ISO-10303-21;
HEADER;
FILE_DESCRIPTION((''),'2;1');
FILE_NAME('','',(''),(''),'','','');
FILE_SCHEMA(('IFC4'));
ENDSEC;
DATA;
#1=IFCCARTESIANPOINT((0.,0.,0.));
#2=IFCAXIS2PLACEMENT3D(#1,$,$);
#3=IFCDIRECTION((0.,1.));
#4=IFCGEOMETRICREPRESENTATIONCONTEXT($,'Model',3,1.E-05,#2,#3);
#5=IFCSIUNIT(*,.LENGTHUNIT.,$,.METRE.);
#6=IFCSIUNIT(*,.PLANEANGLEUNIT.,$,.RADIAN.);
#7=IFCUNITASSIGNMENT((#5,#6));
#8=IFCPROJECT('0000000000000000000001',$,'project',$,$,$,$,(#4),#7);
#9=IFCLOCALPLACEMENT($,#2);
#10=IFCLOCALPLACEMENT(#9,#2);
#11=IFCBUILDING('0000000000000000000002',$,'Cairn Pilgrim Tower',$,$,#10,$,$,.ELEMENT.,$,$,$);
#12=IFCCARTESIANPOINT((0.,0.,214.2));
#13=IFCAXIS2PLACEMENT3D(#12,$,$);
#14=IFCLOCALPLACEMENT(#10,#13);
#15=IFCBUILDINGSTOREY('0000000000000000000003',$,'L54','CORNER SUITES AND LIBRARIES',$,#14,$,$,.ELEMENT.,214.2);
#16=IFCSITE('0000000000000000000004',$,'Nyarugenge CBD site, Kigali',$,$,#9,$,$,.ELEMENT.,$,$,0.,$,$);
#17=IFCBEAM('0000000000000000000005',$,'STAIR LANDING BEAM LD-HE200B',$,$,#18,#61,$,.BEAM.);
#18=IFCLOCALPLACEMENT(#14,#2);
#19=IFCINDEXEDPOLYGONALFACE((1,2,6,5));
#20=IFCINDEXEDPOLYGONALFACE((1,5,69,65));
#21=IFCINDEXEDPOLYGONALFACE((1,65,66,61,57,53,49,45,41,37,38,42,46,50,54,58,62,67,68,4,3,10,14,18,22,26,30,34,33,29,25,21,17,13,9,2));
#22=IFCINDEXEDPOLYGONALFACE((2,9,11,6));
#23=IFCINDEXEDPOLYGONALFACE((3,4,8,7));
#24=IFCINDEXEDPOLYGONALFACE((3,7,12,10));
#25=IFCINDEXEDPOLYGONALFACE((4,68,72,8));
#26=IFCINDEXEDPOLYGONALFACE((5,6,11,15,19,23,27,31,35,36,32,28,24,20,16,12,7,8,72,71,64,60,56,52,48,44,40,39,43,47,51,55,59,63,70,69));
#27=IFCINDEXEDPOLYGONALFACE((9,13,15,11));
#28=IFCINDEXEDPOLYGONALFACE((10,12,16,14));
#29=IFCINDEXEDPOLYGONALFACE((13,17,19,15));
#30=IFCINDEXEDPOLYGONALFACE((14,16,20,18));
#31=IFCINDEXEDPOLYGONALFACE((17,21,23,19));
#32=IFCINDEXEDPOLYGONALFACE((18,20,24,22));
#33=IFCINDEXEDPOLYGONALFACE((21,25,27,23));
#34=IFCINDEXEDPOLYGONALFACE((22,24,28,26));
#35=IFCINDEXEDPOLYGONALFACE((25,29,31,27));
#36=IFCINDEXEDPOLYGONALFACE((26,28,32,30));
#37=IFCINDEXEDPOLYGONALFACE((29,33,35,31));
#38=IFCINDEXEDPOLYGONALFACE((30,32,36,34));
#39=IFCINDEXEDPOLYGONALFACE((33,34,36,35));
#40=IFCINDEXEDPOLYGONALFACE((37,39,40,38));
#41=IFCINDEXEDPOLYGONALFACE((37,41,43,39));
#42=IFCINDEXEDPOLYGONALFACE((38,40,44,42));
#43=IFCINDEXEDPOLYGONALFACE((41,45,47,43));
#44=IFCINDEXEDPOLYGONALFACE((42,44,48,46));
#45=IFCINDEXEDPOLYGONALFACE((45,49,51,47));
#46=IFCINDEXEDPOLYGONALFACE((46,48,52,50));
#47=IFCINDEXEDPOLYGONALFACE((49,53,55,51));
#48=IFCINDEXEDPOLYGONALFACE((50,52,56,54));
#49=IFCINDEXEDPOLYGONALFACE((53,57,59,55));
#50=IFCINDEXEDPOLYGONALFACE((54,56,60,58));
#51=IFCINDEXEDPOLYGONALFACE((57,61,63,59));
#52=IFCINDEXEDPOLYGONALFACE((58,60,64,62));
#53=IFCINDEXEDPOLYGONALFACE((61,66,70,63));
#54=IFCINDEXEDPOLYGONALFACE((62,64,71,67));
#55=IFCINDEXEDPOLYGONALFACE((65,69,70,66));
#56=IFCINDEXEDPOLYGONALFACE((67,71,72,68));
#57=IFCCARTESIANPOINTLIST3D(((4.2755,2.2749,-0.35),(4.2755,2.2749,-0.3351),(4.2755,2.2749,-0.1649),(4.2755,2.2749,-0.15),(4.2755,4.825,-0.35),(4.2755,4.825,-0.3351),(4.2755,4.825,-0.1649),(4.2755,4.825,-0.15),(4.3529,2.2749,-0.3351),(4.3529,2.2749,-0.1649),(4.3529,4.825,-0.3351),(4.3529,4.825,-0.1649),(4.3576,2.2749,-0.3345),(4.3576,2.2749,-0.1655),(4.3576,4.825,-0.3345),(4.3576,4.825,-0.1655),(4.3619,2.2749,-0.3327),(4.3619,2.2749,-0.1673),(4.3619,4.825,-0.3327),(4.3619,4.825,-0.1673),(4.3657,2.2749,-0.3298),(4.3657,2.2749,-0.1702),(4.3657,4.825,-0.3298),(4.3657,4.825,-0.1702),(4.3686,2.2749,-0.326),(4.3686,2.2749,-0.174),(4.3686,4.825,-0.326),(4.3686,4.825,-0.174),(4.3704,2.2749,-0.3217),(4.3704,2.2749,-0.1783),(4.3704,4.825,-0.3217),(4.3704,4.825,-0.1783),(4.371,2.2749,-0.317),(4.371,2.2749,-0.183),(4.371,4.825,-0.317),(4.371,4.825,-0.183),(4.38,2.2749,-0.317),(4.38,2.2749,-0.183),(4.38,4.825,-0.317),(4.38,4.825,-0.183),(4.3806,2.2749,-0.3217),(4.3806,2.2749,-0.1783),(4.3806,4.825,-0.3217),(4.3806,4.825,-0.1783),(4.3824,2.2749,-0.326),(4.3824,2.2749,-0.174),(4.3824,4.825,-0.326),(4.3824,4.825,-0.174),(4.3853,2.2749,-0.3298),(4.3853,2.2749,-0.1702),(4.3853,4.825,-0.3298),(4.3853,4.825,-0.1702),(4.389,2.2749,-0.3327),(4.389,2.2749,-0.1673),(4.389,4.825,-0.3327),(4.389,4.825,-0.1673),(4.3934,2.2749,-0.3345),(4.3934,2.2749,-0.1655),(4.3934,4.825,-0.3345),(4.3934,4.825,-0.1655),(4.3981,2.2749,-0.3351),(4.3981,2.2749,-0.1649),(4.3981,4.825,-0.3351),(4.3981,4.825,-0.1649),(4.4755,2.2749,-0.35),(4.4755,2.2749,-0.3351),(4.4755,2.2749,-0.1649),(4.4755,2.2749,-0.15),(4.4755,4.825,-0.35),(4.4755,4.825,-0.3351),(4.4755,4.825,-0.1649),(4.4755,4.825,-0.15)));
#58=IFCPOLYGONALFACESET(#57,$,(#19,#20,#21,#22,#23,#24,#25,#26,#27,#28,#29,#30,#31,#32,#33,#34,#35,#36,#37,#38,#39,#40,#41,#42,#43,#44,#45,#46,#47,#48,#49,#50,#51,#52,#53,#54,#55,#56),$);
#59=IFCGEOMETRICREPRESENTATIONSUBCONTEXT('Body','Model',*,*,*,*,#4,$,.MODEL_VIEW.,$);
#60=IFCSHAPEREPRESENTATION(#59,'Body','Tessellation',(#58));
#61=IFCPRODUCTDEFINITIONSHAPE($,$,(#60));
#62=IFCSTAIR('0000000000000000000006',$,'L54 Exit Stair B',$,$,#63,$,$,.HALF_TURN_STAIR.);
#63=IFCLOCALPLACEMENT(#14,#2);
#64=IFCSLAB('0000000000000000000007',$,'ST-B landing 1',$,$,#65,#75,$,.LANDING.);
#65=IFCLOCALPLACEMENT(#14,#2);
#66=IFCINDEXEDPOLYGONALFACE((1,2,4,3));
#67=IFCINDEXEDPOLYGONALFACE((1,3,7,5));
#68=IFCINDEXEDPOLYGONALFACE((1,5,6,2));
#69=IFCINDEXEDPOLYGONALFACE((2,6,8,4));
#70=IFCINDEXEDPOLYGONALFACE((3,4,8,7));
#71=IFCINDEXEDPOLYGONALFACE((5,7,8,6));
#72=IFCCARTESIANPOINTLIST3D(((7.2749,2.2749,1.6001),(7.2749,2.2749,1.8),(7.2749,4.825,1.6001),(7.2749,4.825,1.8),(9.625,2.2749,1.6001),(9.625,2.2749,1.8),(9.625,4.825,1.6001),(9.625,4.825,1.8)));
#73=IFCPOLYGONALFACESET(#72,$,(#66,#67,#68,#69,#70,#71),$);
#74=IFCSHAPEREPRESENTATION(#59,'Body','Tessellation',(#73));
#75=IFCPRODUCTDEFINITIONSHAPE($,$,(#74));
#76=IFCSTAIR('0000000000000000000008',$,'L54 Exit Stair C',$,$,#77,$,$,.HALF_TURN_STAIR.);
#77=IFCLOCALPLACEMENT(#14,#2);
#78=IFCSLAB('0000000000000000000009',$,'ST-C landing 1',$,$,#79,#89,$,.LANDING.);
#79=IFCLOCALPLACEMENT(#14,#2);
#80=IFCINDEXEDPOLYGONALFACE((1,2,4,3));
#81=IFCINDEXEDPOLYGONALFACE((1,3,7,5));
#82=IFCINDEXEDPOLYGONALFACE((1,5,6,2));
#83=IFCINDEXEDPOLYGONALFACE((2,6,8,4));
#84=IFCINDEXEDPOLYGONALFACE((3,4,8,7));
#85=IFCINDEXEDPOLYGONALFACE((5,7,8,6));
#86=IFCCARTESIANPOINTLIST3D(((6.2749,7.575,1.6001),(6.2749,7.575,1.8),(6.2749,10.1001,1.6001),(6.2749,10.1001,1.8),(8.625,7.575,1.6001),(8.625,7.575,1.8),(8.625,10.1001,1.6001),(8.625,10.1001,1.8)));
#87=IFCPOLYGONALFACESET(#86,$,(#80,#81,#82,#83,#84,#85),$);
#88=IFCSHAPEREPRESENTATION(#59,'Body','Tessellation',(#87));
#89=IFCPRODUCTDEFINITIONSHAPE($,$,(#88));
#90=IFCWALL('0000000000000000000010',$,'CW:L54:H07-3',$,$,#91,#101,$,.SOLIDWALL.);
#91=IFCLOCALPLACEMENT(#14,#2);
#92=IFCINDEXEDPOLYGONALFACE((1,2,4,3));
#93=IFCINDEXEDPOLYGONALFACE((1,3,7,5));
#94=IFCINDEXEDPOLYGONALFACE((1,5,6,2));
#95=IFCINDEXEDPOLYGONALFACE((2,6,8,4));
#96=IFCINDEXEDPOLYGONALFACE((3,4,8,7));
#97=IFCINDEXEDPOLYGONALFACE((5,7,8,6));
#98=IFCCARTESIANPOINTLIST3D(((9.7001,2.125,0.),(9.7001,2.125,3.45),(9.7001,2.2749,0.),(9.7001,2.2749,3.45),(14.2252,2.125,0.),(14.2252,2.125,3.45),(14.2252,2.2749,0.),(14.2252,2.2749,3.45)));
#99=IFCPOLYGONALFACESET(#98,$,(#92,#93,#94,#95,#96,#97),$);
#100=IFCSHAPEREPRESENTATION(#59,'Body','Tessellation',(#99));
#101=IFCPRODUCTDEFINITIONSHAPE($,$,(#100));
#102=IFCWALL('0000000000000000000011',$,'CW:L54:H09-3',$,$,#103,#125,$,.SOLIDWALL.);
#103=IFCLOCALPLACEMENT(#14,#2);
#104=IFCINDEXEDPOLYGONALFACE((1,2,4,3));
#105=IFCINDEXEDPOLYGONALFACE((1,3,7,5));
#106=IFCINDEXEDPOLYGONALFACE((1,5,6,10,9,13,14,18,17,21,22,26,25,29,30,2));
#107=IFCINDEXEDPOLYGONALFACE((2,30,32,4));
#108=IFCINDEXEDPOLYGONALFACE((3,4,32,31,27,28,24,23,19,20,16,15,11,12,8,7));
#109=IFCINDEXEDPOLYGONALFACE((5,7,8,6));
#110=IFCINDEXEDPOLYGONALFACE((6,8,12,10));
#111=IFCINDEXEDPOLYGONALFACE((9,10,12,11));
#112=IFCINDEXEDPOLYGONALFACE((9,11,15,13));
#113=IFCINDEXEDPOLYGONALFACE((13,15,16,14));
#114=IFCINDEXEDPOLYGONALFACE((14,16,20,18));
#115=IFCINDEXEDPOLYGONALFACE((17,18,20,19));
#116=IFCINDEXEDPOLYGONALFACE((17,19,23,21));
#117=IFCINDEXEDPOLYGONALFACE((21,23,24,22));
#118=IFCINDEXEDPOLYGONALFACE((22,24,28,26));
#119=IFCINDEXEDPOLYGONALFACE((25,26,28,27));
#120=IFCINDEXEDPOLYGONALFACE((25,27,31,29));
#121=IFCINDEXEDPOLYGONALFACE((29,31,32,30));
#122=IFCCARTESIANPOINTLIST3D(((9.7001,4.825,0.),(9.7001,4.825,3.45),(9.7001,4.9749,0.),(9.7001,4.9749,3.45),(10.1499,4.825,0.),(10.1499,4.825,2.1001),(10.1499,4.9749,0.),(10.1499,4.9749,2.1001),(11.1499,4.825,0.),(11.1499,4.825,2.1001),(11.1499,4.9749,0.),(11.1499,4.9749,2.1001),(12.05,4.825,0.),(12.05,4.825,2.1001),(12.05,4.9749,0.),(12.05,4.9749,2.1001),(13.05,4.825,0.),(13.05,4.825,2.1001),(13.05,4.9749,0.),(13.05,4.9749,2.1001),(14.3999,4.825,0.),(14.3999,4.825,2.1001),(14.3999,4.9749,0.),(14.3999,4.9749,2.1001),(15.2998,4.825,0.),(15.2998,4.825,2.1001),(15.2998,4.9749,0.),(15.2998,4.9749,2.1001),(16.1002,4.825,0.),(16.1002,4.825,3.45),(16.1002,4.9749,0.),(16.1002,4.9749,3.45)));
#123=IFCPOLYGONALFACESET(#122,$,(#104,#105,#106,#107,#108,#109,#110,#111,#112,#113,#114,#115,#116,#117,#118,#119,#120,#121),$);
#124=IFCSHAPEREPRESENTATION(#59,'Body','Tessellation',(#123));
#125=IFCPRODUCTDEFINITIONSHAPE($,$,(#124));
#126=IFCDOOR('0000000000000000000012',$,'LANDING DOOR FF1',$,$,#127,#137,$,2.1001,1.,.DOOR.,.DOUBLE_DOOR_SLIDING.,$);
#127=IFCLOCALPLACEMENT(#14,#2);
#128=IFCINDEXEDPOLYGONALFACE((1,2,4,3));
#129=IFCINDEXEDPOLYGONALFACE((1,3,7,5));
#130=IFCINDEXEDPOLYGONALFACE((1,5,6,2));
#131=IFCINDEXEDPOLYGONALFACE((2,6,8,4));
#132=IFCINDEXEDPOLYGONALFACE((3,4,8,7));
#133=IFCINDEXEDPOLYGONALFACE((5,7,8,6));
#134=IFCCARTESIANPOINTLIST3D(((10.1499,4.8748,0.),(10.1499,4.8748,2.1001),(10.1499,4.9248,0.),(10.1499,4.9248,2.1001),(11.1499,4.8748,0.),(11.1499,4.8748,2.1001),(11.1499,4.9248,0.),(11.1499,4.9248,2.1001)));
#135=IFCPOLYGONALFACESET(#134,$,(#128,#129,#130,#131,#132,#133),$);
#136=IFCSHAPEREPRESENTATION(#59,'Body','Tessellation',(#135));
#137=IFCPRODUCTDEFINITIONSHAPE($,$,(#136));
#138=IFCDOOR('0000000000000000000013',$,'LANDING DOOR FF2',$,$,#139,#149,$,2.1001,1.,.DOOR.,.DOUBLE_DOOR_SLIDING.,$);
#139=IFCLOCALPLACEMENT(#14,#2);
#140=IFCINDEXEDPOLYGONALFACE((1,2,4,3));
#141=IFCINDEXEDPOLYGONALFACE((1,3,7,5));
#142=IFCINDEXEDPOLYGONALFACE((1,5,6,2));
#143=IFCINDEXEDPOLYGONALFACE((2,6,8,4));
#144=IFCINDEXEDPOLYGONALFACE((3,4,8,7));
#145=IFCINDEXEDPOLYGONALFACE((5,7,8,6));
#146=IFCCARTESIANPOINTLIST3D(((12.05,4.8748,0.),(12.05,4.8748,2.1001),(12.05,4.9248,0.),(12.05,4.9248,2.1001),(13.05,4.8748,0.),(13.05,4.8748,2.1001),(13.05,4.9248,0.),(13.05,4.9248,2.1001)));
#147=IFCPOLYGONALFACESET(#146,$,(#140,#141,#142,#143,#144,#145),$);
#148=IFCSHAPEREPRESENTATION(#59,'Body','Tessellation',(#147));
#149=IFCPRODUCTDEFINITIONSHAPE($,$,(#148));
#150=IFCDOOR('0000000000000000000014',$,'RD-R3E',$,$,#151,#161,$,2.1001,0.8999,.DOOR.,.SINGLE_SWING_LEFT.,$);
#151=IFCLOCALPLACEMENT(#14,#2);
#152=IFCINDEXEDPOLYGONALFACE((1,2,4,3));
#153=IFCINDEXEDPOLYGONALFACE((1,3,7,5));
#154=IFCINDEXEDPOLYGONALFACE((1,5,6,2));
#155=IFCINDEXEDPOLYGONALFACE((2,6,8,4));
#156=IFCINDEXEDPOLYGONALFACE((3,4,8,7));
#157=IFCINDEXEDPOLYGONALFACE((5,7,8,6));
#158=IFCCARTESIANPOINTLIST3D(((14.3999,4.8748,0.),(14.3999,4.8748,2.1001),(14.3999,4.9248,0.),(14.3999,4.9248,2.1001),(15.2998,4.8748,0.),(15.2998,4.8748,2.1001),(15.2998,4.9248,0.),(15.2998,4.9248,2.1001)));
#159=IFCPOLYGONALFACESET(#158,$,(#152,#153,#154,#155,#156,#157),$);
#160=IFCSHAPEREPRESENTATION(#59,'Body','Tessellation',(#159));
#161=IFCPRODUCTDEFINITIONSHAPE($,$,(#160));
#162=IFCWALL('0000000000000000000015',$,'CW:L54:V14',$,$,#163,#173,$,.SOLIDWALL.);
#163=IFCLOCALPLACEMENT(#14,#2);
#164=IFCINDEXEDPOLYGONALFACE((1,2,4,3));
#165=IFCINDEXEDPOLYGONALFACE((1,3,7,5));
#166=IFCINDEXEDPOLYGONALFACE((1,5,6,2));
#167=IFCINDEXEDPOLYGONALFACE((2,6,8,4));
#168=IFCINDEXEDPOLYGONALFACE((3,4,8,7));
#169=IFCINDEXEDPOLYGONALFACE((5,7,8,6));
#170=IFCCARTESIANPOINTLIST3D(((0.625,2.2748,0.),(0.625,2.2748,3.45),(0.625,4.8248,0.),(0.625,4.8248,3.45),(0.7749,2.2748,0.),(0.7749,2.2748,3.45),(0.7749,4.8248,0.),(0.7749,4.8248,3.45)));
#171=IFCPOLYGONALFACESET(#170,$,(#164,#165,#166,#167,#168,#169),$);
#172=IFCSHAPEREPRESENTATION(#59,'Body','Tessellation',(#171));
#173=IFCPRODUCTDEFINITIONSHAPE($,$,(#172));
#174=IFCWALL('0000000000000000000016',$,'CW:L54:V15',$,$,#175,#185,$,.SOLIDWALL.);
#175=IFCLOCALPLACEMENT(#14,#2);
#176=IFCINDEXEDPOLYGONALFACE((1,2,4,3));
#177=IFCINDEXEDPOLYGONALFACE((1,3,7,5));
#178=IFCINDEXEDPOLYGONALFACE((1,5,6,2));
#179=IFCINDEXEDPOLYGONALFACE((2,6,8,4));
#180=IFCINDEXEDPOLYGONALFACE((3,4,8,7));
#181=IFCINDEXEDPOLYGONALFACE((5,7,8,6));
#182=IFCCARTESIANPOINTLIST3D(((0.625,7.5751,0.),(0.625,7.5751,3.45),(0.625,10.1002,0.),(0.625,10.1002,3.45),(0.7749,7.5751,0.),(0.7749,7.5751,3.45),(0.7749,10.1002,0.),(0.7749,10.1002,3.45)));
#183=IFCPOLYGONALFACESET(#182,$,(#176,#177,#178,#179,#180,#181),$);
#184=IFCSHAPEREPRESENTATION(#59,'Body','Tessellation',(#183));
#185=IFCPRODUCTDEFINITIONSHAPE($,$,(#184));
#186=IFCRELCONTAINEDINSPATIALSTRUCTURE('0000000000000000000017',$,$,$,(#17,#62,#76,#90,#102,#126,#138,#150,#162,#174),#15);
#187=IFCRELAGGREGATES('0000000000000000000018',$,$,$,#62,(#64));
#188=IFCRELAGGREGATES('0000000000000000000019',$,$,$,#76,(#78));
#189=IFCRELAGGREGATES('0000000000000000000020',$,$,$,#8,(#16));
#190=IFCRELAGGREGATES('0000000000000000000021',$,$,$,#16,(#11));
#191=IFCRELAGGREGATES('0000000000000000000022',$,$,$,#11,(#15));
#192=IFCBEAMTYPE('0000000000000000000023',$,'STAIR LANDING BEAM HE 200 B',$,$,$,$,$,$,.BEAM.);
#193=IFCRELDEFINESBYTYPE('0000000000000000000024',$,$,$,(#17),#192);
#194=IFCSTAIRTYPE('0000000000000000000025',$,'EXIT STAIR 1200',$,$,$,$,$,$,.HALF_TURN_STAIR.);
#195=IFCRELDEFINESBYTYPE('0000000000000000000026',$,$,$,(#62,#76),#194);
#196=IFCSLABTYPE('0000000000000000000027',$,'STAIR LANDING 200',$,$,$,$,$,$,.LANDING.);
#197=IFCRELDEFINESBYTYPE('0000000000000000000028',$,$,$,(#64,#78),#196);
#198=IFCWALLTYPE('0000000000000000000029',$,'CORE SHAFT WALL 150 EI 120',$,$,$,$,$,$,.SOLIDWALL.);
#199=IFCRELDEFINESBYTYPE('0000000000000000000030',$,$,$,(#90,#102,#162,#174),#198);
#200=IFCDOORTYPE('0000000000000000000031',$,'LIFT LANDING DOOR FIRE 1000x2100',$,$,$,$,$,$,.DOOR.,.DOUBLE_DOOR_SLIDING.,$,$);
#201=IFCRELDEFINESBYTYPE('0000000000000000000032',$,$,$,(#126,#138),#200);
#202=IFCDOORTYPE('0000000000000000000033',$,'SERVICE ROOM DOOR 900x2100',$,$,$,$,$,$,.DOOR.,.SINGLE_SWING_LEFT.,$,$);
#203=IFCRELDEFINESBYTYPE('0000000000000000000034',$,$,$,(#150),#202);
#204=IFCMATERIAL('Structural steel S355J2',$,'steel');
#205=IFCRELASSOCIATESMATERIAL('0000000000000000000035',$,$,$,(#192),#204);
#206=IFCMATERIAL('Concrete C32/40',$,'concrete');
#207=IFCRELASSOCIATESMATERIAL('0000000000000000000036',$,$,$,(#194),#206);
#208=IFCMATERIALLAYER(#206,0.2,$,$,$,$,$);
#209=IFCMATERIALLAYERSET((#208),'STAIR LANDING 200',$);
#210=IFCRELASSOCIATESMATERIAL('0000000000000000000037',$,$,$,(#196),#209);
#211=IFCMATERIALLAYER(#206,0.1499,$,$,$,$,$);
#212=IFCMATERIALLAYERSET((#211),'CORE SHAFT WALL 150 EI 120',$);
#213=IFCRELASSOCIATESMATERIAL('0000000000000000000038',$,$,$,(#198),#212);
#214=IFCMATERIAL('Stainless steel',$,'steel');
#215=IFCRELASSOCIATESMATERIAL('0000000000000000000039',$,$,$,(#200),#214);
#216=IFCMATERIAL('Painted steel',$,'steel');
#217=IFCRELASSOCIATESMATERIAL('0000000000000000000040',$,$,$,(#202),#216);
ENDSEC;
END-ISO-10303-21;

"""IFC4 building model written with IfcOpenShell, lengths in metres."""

from ifc_helpers import new_model, si_unit, direction, frame, frame_2d, origin, origin_2d, place, context, subcontext, project, spatial, polyline, rectangle, i_section, outline, extrude, material, layer, layer_set, material_profile, profile_set, type_object, element, fill, aggregate, save


model = new_model("IFC4")

# Units and contexts
model_context = context("Model", 3, precision=1e-05, world=origin(), true_north=direction((0.0, 1.0)))
body_context = subcontext(model_context, "Body", "Model", "MODEL_VIEW")
ifc_project = project(units=[si_unit("LENGTHUNIT", "METRE"), si_unit("PLANEANGLEUNIT", "RADIAN")], contexts=[model_context])

# Site, building, storey
site_placement = place(None, origin())
site = spatial("IfcSite", under=ifc_project, at=site_placement, Name="Nyarugenge CBD site, Kigali", CompositionType="ELEMENT", RefElevation=0.0)
building_placement = place(site_placement, origin())
building = spatial("IfcBuilding", under=site, at=building_placement, Name="Cairn Pilgrim Tower", CompositionType="ELEMENT")
storey_placement = place(building_placement, frame((0.0, 0.0, 214.2)))
storey = spatial("IfcBuildingStorey", under=building, at=storey_placement, Name="L54", Description="CORNER SUITES AND LIBRARIES", CompositionType="ELEMENT", Elevation=214.2)

# Beam
ifc_material_1 = material(Name="Structural steel S355J2", Category="steel")
ifc_material_profile = material_profile(ifc_material_1, i_section(OverallWidth=0.2, OverallDepth=0.2, WebThickness=0.009, FlangeThickness=0.0149, FilletRadius=0.0181, at=origin_2d()), Name="HE 200 B")
ifc_profile_set = profile_set([ifc_material_profile], Name="Structural steel S355J2")
beam_type = type_object("IfcBeamType", Name="STAIR LANDING BEAM HE 200 B", PredefinedType="BEAM", material=ifc_profile_set)
beam_placement = place(storey_placement, frame((4.3755, 2.2749, -0.25), z_axis=(0.0, 1.0, 0.0), x_axis=(-1.0, 0.0, 0.0)))
element("IfcBeam", 1, at=beam_placement, inside=storey, type_object=beam_type, Name="STAIR LANDING BEAM LD-HE200B", PredefinedType="BEAM", context=body_context, shape_type="SweptSolid", body=[
    extrude(i_section(OverallWidth=0.2, OverallDepth=0.2, WebThickness=0.009, FlangeThickness=0.0149, FilletRadius=0.0181, at=origin_2d()), origin(), (0.0, 0.0, 1.0), 2.55),
])

# Stairs, slabs
ifc_material_2 = material(Name="Concrete C32/40", Category="concrete")
stair_type = type_object("IfcStairType", Name="EXIT STAIR 1200", PredefinedType="HALF_TURN_STAIR", material=ifc_material_2)
stair_1_placement = place(storey_placement, origin())
stair_1 = element("IfcStair", 2, at=stair_1_placement, inside=storey, type_object=stair_type, Name="L54 Exit Stair B", PredefinedType="HALF_TURN_STAIR")
ifc_layer_1 = layer(ifc_material_2, 0.2)
ifc_layer_set_1 = layer_set([ifc_layer_1], Name="STAIR LANDING 200")
slab_type = type_object("IfcSlabType", Name="STAIR LANDING 200", PredefinedType="LANDING", material=ifc_layer_set_1)
slab_1_placement = place(storey_placement, frame((0.0, 0.0, 1.6001)))
slab_1 = element("IfcSlab", 3, at=slab_1_placement, type_object=slab_type, Name="ST-B landing 1", PredefinedType="LANDING", context=body_context, shape_type="SweptSolid", body=[
    extrude(outline(polyline([(7.2749, 2.2749), (9.625, 2.2749), (9.625, 4.825), (7.2749, 4.825), (7.2749, 2.2749)])), origin(), (0.0, 0.0, 1.0), 0.2),
])
stair_2_placement = place(storey_placement, origin())
stair_2 = element("IfcStair", 4, at=stair_2_placement, inside=storey, type_object=stair_type, Name="L54 Exit Stair C", PredefinedType="HALF_TURN_STAIR")
slab_2_placement = place(storey_placement, frame((0.0, 0.0, 1.6001)))
slab_2 = element("IfcSlab", 5, at=slab_2_placement, type_object=slab_type, Name="ST-C landing 1", PredefinedType="LANDING", context=body_context, shape_type="SweptSolid", body=[
    extrude(outline(polyline([(8.625, 10.1001), (6.2749, 10.1001), (6.2749, 7.575), (8.625, 7.575), (8.625, 10.1001)])), origin(), (0.0, 0.0, 1.0), 0.2),
])

# Wall
ifc_layer_2 = layer(ifc_material_2, 0.1499)
ifc_layer_set_2 = layer_set([ifc_layer_2], Name="CORE SHAFT WALL 150 EI 120")
wall_type_1 = type_object("IfcWallType", Name="CORE SHAFT WALL 150 EI 120", PredefinedType="SOLIDWALL", material=ifc_layer_set_2)
wall_1_placement = place(storey_placement, frame((9.7, 2.2, 0.0), z_axis=(0.0, 0.0, 1.0), x_axis=(1.0, 0.0, 0.0)))
element("IfcWall", 6, at=wall_1_placement, inside=storey, type_object=wall_type_1, Name="CW:L54:H07-3", PredefinedType="SOLIDWALL", context=body_context, shape_type="SweptSolid", body=[
    extrude(rectangle(XDim=4.5251, YDim=0.1499, at=frame_2d((2.2627, 0.0))), origin(), (0.0, 0.0, 1.0), 3.45),
])

# Wall, openings, doors
wall_2_placement = place(storey_placement, frame((9.7, 4.8999, 0.0), z_axis=(0.0, 0.0, 1.0), x_axis=(1.0, 0.0, 0.0)))
wall_2 = element("IfcWall", 7, at=wall_2_placement, inside=storey, type_object=wall_type_1, Name="CW:L54:H09-3", PredefinedType="SOLIDWALL", context=body_context, shape_type="SweptSolid", body=[
    extrude(rectangle(XDim=6.4001, YDim=0.1499, at=frame_2d((3.2002, 0.0))), origin(), (0.0, 0.0, 1.0), 3.45),
])
opening_1_placement = place(wall_2_placement, frame((0.45, 0.0, 0.0)))
opening_1 = element("IfcOpeningElement", 8, at=opening_1_placement, cuts=wall_2, PredefinedType="OPENING", context=body_context, shape_type="SweptSolid", body=[
    extrude(rectangle(XDim=1.0, YDim=2.1001, at=frame_2d((0.5, 1.05))), frame((0.0, 0.085, 0.0), z_axis=(0.0, -1.0, 0.0), x_axis=(1.0, 0.0, 0.0)), (0.0, 0.0, 1.0), 0.1699),
])
opening_2_placement = place(wall_2_placement, frame((2.3501, 0.0, 0.0)))
opening_2 = element("IfcOpeningElement", 9, at=opening_2_placement, cuts=wall_2, PredefinedType="OPENING", context=body_context, shape_type="SweptSolid", body=[
    extrude(rectangle(XDim=1.0, YDim=2.1001, at=frame_2d((0.5, 1.05))), frame((0.0, 0.085, 0.0), z_axis=(0.0, -1.0, 0.0), x_axis=(1.0, 0.0, 0.0)), (0.0, 0.0, 1.0), 0.1699),
])
opening_3_placement = place(wall_2_placement, frame((4.7, 0.0, 0.0)))
opening_3 = element("IfcOpeningElement", 10, at=opening_3_placement, cuts=wall_2, PredefinedType="OPENING", context=body_context, shape_type="SweptSolid", body=[
    extrude(rectangle(XDim=0.8999, YDim=2.1001, at=frame_2d((0.45, 1.05))), frame((0.0, 0.085, 0.0), z_axis=(0.0, -1.0, 0.0), x_axis=(1.0, 0.0, 0.0)), (0.0, 0.0, 1.0), 0.1699),
])
ifc_material_3 = material(Name="Stainless steel", Category="steel")
door_type_1 = type_object("IfcDoorType", Name="LIFT LANDING DOOR FIRE 1000x2100", OperationType="DOUBLE_DOOR_SLIDING", PredefinedType="DOOR", material=ifc_material_3)
door_1_placement = place(opening_1_placement, origin())
door_1 = element("IfcDoor", 11, at=door_1_placement, inside=storey, type_object=door_type_1, Name="LANDING DOOR FF1", OperationType="DOUBLE_DOOR_SLIDING", OverallHeight=2.1001, OverallWidth=1.0, PredefinedType="DOOR", context=body_context, shape_type="SweptSolid", body=[
    extrude(rectangle(XDim=1.0, YDim=2.1001, at=frame_2d((0.5, 1.05))), frame((0.0, 0.0249, 0.0), z_axis=(0.0, -1.0, 0.0), x_axis=(1.0, 0.0, 0.0)), (0.0, 0.0, 1.0), 0.05),
])
fill(opening_1, door_1)
door_2_placement = place(opening_2_placement, origin())
door_2 = element("IfcDoor", 12, at=door_2_placement, inside=storey, type_object=door_type_1, Name="LANDING DOOR FF2", OperationType="DOUBLE_DOOR_SLIDING", OverallHeight=2.1001, OverallWidth=1.0, PredefinedType="DOOR", context=body_context, shape_type="SweptSolid", body=[
    extrude(rectangle(XDim=1.0, YDim=2.1001, at=frame_2d((0.5, 1.05))), frame((0.0, 0.0249, 0.0), z_axis=(0.0, -1.0, 0.0), x_axis=(1.0, 0.0, 0.0)), (0.0, 0.0, 1.0), 0.05),
])
fill(opening_2, door_2)
ifc_material_4 = material(Name="Painted steel", Category="steel")
door_type_2 = type_object("IfcDoorType", Name="SERVICE ROOM DOOR 900x2100", OperationType="SINGLE_SWING_LEFT", PredefinedType="DOOR", material=ifc_material_4)
door_3_placement = place(opening_3_placement, origin())
door_3 = element("IfcDoor", 13, at=door_3_placement, inside=storey, type_object=door_type_2, Name="RD-R3E", OperationType="SINGLE_SWING_LEFT", OverallHeight=2.1001, OverallWidth=0.8999, PredefinedType="DOOR", context=body_context, shape_type="SweptSolid", body=[
    extrude(rectangle(XDim=0.8999, YDim=2.1001, at=frame_2d((0.45, 1.05))), frame((0.0, 0.0249, 0.0), z_axis=(0.0, -1.0, 0.0), x_axis=(1.0, 0.0, 0.0)), (0.0, 0.0, 1.0), 0.05),
])
fill(opening_3, door_3)

# Walls
wall_3_placement = place(storey_placement, frame((0.7, 2.2749, 0.0), z_axis=(0.0, 0.0, 1.0), x_axis=(0.0, 1.0, 0.0)))
element("IfcWall", 14, at=wall_3_placement, inside=storey, type_object=wall_type_1, Name="CW:L54:V14", PredefinedType="SOLIDWALL", context=body_context, shape_type="SweptSolid", body=[
    extrude(rectangle(XDim=2.55, YDim=0.1499, at=frame_2d((1.2749, 0.0))), origin(), (0.0, 0.0, 1.0), 3.45),
])
wall_4_placement = place(storey_placement, frame((0.7, 7.575, 0.0), z_axis=(0.0, 0.0, 1.0), x_axis=(0.0, 1.0, 0.0)))
element("IfcWall", 15, at=wall_4_placement, inside=storey, type_object=wall_type_1, Name="CW:L54:V15", PredefinedType="SOLIDWALL", context=body_context, shape_type="SweptSolid", body=[
    extrude(rectangle(XDim=2.5251, YDim=0.1499, at=frame_2d((1.2627, 0.0))), origin(), (0.0, 0.0, 1.0), 3.45),
])

aggregate(stair_1, [slab_1])
aggregate(stair_2, [slab_2])

save(model, "model.ifc")
